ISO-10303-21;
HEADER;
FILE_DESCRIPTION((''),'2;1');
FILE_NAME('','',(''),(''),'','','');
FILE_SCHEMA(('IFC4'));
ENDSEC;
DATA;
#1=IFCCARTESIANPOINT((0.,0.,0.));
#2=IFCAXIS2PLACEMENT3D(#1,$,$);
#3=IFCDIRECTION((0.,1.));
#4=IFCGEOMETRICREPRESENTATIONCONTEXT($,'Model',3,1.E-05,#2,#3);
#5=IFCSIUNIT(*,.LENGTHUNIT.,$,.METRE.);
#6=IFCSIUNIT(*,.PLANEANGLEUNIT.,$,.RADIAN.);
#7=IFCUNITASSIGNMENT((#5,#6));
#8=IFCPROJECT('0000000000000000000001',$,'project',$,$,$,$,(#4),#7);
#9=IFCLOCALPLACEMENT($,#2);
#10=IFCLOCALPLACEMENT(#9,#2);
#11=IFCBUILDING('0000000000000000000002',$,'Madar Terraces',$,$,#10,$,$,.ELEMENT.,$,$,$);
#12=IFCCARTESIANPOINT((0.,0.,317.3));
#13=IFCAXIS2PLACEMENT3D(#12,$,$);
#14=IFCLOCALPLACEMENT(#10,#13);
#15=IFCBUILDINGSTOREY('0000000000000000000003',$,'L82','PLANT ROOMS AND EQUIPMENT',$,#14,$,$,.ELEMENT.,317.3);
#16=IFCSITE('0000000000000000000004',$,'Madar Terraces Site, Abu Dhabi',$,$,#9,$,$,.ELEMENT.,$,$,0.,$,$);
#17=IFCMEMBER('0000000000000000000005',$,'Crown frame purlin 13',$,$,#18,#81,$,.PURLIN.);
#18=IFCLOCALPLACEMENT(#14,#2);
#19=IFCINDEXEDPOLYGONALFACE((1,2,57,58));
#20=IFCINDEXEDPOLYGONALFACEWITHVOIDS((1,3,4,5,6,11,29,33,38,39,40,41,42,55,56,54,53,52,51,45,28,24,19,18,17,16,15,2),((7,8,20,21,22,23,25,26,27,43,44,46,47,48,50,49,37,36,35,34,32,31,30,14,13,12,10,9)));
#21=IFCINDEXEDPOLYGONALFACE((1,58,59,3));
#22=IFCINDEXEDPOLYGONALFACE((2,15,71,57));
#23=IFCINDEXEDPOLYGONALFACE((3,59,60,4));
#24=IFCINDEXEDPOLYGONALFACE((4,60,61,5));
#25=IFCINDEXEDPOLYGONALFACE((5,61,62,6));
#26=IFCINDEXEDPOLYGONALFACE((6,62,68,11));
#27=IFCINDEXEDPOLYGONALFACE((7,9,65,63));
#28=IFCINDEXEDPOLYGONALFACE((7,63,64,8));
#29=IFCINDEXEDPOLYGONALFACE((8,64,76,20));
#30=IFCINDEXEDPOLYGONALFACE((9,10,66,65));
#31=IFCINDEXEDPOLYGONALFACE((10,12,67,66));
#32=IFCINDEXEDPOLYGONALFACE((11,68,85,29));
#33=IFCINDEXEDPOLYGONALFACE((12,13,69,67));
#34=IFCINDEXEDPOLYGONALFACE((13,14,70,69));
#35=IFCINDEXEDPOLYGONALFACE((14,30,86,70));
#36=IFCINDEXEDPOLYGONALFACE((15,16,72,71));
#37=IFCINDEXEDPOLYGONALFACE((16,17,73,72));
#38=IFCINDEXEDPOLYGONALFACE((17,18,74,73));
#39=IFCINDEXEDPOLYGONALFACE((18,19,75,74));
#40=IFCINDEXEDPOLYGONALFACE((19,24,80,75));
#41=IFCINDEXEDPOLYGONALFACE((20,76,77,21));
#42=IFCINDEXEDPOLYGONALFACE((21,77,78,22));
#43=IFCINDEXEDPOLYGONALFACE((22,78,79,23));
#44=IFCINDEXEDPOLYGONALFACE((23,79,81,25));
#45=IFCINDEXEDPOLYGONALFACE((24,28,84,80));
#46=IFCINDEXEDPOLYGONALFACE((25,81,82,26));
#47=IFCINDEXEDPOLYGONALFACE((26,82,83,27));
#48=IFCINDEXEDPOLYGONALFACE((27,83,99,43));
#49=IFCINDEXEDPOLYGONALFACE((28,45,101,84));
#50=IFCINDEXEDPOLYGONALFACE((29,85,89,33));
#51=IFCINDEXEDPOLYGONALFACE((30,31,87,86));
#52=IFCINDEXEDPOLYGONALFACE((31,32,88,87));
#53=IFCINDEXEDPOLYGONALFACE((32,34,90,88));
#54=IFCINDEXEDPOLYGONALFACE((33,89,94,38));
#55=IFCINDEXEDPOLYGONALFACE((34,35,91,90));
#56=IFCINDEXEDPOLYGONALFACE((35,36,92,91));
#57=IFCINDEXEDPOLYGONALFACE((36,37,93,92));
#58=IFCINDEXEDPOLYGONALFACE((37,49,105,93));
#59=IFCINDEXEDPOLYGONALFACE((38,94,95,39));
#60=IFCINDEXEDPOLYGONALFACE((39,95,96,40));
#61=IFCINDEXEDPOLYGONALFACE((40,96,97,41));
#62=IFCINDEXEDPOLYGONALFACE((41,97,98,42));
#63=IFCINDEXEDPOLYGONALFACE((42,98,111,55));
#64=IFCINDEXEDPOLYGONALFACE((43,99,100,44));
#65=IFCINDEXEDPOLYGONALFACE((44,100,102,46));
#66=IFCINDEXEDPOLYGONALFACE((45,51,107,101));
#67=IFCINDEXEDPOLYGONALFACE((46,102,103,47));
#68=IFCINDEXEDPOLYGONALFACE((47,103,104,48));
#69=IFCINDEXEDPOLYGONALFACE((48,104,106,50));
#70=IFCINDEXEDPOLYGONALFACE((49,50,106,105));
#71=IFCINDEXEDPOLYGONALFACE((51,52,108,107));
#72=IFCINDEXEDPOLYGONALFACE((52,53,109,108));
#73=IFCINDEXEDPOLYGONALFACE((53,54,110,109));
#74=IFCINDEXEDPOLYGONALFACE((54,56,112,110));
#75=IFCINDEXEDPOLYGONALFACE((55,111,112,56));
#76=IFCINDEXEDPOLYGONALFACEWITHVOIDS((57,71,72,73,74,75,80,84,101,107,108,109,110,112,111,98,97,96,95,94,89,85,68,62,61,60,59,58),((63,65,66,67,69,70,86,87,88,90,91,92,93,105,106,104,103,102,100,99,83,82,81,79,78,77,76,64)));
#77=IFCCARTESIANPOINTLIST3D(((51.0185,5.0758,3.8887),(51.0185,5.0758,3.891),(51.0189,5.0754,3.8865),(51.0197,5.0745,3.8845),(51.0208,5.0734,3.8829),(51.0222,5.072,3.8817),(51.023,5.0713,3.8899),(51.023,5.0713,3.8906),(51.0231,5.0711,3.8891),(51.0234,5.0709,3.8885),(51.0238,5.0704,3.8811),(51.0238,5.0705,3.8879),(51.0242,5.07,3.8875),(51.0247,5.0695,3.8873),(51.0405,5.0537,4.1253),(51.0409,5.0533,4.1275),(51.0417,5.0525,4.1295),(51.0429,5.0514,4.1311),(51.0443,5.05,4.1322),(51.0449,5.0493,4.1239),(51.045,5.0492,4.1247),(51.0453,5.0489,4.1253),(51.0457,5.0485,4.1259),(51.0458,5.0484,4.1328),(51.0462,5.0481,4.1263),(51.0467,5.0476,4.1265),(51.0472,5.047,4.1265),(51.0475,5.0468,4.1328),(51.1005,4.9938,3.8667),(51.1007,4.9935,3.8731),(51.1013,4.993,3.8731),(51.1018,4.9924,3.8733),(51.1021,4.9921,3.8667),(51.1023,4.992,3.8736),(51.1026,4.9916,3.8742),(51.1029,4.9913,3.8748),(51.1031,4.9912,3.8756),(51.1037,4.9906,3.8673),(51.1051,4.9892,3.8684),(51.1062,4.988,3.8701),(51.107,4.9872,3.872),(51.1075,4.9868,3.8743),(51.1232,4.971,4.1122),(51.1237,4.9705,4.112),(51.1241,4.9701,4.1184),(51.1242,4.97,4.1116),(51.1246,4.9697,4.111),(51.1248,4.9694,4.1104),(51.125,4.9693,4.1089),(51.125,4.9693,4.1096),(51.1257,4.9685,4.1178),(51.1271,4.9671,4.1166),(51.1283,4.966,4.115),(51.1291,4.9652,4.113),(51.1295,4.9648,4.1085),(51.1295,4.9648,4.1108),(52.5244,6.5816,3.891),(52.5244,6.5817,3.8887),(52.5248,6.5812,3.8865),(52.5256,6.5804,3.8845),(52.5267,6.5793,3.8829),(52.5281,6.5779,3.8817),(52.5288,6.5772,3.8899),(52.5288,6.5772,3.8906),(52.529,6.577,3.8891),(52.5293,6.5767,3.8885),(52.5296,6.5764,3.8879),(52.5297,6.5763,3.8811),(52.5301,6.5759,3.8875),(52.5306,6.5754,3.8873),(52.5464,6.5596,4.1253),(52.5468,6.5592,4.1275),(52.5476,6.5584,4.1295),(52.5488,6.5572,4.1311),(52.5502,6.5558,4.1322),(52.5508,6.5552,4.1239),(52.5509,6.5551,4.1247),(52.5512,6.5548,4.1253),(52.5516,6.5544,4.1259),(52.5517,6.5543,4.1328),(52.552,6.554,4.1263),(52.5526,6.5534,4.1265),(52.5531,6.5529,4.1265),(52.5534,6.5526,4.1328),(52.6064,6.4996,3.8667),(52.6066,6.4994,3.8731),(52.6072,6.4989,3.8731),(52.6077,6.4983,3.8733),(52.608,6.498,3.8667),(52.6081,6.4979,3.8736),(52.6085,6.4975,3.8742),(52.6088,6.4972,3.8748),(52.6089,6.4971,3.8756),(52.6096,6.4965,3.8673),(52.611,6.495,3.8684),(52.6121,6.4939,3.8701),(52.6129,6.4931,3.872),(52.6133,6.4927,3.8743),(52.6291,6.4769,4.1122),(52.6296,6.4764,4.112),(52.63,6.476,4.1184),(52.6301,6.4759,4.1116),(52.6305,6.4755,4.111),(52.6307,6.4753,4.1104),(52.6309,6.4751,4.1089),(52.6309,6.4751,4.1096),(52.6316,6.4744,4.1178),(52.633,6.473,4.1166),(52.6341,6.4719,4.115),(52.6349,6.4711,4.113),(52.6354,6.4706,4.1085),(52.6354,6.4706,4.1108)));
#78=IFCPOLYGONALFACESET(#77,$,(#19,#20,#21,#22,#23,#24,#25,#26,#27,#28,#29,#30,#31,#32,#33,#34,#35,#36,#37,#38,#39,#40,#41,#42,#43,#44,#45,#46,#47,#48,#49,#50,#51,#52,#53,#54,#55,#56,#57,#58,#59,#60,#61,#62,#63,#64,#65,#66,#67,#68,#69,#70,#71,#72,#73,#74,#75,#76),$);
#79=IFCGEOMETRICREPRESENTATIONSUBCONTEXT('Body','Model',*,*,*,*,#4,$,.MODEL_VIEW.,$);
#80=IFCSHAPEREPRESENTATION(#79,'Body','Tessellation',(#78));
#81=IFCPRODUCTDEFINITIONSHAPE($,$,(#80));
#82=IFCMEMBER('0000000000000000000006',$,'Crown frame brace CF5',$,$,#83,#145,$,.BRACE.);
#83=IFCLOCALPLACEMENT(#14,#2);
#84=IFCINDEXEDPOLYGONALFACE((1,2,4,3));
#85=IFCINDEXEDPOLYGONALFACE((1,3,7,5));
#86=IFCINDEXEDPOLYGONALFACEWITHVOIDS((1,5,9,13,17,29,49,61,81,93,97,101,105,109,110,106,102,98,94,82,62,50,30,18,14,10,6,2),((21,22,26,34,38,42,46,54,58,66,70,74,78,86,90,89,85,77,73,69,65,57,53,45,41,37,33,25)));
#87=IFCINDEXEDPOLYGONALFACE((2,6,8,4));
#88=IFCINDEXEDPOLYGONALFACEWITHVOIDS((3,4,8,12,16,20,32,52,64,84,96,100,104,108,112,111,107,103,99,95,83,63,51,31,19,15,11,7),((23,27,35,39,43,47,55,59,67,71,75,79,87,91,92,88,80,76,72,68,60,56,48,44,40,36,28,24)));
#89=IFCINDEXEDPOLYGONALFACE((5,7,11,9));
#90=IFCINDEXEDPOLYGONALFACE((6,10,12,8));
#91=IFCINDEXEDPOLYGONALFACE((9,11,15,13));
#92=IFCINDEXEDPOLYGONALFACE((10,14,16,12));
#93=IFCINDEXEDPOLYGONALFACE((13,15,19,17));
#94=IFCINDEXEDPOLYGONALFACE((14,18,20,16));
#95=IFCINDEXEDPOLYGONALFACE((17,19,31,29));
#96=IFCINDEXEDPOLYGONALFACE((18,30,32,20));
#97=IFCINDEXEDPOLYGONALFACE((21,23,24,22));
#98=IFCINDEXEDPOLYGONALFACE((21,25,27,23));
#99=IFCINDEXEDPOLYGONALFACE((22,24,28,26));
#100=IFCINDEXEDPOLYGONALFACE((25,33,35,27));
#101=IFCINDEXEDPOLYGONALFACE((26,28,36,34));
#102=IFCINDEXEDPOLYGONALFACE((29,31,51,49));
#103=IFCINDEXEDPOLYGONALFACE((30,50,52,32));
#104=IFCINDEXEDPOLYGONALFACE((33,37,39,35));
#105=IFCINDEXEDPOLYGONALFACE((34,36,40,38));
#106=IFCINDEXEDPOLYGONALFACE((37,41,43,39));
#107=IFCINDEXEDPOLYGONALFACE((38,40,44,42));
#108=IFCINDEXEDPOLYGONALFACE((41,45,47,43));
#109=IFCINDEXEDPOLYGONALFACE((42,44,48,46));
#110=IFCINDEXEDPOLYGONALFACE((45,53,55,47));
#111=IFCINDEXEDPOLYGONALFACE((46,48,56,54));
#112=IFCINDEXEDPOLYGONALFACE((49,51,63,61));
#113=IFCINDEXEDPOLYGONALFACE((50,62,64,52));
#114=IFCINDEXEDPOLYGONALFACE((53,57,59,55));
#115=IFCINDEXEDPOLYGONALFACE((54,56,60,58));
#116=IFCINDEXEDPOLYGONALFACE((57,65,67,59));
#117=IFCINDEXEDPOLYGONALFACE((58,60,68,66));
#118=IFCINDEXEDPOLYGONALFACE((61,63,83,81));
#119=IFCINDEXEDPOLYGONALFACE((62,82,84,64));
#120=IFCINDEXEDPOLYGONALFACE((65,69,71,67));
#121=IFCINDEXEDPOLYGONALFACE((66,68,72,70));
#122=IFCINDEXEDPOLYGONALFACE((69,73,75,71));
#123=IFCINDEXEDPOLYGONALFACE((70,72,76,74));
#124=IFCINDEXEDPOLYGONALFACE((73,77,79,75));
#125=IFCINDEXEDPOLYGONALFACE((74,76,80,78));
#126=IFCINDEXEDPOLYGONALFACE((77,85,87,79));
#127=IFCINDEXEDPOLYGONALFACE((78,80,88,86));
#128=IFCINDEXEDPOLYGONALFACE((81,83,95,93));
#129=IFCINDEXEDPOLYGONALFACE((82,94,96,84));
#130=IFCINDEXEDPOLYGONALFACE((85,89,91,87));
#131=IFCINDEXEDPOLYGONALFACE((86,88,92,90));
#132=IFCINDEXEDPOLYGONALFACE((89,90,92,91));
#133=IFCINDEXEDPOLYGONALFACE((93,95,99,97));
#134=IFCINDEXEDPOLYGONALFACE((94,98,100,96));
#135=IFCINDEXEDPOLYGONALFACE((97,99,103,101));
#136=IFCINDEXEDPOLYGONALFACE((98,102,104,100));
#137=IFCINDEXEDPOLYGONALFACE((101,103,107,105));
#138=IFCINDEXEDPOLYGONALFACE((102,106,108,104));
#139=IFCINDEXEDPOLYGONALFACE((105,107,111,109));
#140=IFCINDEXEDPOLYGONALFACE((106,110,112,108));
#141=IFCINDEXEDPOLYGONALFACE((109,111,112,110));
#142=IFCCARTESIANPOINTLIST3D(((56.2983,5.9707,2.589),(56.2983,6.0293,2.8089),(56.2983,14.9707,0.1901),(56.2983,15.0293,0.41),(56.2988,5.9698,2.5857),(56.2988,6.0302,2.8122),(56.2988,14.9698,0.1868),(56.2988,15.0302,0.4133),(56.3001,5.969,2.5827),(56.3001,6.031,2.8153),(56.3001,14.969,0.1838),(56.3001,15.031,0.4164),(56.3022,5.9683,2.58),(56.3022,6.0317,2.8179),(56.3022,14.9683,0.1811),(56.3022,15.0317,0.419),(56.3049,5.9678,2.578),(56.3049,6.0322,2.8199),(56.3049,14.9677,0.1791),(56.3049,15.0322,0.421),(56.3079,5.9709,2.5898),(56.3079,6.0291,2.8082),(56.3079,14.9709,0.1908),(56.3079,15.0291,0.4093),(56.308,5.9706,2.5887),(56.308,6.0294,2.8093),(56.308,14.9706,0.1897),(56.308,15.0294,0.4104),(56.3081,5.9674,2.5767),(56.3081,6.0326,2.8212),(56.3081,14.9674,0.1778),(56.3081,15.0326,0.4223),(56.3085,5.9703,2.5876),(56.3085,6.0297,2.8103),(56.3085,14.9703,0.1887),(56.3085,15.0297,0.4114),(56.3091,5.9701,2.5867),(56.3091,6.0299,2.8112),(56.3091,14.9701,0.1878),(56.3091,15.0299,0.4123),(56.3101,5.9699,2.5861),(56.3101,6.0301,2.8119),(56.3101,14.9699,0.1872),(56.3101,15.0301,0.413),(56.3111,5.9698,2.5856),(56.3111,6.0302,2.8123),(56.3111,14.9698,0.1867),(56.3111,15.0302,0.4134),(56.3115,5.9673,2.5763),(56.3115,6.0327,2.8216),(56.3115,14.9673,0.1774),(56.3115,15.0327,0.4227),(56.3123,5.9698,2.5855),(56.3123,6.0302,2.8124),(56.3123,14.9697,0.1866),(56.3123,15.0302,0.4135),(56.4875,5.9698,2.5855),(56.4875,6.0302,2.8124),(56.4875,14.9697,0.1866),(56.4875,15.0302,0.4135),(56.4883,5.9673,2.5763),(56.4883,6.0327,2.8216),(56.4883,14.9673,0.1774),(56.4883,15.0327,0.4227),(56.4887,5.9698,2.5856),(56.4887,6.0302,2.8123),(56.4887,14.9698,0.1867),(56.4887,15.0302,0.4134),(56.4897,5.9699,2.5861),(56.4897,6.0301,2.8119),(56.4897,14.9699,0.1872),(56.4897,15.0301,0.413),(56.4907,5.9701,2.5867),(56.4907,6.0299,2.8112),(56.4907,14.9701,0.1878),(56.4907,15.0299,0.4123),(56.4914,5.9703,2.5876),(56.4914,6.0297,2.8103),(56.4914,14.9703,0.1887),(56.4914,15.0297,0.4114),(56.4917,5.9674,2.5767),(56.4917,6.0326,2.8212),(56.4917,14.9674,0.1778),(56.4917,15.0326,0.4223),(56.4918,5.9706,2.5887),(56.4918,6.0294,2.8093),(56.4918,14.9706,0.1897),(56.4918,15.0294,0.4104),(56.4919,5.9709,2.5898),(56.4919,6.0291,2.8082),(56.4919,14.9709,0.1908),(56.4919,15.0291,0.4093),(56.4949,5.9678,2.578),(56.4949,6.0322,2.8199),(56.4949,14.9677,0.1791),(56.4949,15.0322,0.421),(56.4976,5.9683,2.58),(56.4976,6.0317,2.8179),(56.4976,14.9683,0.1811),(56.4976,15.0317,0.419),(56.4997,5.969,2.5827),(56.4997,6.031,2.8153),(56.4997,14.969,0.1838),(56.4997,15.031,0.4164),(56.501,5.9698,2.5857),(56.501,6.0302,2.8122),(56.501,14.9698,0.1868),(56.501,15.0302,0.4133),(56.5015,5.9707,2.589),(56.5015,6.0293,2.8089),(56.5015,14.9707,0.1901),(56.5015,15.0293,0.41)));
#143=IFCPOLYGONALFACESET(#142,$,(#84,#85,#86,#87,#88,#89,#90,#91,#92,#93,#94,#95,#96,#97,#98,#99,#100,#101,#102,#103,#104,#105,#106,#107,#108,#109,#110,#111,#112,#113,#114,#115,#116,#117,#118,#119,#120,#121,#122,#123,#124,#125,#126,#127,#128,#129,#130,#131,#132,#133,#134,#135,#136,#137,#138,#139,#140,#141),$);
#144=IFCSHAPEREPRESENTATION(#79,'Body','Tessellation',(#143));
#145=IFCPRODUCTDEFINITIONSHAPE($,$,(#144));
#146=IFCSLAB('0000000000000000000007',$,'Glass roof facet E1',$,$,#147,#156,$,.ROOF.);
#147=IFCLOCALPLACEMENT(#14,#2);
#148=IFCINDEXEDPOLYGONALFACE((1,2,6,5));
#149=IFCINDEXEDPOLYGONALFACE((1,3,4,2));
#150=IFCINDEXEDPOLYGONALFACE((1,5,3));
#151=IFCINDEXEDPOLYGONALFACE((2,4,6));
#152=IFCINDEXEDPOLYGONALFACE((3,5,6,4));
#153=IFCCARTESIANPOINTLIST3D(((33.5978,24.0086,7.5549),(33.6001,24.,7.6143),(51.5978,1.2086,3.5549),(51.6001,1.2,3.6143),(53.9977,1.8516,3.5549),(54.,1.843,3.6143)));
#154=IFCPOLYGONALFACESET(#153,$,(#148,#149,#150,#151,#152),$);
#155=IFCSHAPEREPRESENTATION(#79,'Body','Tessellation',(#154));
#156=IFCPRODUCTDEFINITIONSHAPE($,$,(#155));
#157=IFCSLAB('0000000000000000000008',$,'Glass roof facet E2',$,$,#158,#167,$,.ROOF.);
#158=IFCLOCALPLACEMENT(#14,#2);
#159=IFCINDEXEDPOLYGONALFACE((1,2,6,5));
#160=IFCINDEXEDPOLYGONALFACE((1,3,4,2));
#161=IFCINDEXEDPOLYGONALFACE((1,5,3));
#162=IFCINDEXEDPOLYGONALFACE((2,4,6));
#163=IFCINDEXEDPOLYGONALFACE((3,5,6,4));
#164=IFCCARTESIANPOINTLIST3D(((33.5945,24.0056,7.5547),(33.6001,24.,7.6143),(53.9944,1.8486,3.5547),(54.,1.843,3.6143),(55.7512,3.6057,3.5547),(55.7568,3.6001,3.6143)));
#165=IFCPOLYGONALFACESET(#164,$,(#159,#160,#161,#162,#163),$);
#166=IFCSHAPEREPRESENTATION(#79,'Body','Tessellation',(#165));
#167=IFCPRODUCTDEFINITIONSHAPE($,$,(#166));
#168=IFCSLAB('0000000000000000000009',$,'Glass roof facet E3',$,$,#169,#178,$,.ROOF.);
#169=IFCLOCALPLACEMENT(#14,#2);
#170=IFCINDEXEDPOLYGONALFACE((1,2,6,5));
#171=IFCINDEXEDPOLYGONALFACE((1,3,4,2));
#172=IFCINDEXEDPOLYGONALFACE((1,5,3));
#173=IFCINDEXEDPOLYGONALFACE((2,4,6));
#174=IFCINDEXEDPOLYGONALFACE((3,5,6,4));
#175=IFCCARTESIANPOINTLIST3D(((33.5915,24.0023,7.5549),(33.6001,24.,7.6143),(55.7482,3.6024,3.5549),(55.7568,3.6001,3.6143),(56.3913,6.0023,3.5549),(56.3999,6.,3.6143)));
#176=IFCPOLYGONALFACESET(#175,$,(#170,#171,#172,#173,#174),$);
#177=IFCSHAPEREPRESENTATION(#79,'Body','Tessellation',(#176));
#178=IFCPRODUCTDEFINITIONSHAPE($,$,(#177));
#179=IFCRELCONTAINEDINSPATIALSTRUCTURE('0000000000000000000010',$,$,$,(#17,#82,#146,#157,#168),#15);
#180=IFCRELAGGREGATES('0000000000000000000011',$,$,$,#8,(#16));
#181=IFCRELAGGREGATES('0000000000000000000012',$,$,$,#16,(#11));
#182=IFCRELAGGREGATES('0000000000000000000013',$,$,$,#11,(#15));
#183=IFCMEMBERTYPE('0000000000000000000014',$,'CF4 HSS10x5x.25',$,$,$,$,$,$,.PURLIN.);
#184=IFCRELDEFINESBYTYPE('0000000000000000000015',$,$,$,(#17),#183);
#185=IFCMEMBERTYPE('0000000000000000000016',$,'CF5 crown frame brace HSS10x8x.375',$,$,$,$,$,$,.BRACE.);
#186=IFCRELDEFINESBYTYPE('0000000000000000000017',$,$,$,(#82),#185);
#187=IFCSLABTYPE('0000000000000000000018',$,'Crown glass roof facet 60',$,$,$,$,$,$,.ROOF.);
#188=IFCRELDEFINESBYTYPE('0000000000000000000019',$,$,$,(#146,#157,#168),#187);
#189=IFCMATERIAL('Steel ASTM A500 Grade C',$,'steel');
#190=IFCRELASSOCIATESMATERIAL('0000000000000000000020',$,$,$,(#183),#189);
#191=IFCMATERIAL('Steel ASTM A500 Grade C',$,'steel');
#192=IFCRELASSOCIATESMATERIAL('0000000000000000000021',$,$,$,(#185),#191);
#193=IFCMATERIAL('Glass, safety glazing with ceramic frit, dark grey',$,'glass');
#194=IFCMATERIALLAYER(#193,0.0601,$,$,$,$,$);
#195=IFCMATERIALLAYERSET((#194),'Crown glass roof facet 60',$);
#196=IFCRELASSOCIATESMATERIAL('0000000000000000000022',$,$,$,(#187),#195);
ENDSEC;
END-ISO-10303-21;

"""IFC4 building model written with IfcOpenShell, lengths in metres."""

from ifc_helpers import new_model, si_unit, direction, frame, origin, origin_2d, place, context, subcontext, project, spatial, polyline, hollow_rectangle, outline, extrude, material, layer, layer_set, material_profile, profile_set, type_object, element, save


model = new_model("IFC4")

# Units and contexts
model_context = context("Model", 3, precision=1e-05, world=origin(), true_north=direction((0.0, 1.0)))
body_context = subcontext(model_context, "Body", "Model", "MODEL_VIEW")
ifc_project = project(units=[si_unit("LENGTHUNIT", "METRE"), si_unit("PLANEANGLEUNIT", "RADIAN")], contexts=[model_context])

# Site, building, storey
site_placement = place(None, origin())
site = spatial("IfcSite", under=ifc_project, at=site_placement, Name="Madar Terraces Site, Abu Dhabi", CompositionType="ELEMENT", RefElevation=0.0)
building_placement = place(site_placement, origin())
building = spatial("IfcBuilding", under=site, at=building_placement, Name="Madar Terraces", CompositionType="ELEMENT")
storey_placement = place(building_placement, frame((0.0, 0.0, 317.3)))
storey = spatial("IfcBuildingStorey", under=building, at=storey_placement, Name="L82", Description="PLANT ROOMS AND EQUIPMENT", CompositionType="ELEMENT", Elevation=317.3)

# Members
ifc_material_1 = material(Name="Steel ASTM A500 Grade C", Category="steel")
ifc_material_profile_1 = material_profile(ifc_material_1, hollow_rectangle(XDim=0.127, YDim=0.2539, WallThickness=0.0063, InnerFilletRadius=0.0029, OuterFilletRadius=0.0088, at=origin_2d()), Name="HSS10x5x.25")
ifc_profile_set_1 = profile_set([ifc_material_profile_1], Name="Steel ASTM A500 Grade C")
member_type_1 = type_object("IfcMemberType", Name="CF4 HSS10x5x.25", PredefinedType="PURLIN", material=ifc_profile_set_1)
for number, where, z_axis, x_axis, name in (
    (1, (51.074, 5.0203, 3.9998), (0.707107, 0.707107, 0.0), (-0.700941, 0.700941, 0.131765), "Crown frame purlin 13"),
):
    element("IfcMember", number, at=place(storey_placement, frame(where, z_axis=z_axis, x_axis=x_axis)), inside=storey, type_object=member_type_1, Name=name, PredefinedType="PURLIN", context=body_context, shape_type="SweptSolid", body=[
        extrude(hollow_rectangle(XDim=0.127, YDim=0.2539, WallThickness=0.0063, InnerFilletRadius=0.0029, OuterFilletRadius=0.0088, at=origin_2d()), origin(), (0.0, 0.0, 1.0), 2.1296),
    ])
ifc_material_2 = material(Name="Steel ASTM A500 Grade C", Category="steel")
ifc_material_profile_2 = material_profile(ifc_material_2, hollow_rectangle(XDim=0.2031, YDim=0.2539, WallThickness=0.0095, InnerFilletRadius=0.0044, OuterFilletRadius=0.0132, at=origin_2d()), Name="HSS10x8x.375")
ifc_profile_set_2 = profile_set([ifc_material_profile_2], Name="Steel ASTM A500 Grade C")
member_type_2 = type_object("IfcMemberType", Name="CF5 crown frame brace HSS10x8x.375", PredefinedType="BRACE", material=ifc_profile_set_2)
member_1_placement = place(storey_placement, frame((56.3999, 6.0, 2.699), z_axis=(0.0, 0.966264, -0.257555), x_axis=(-1.0, 0.0, 0.0)))
element("IfcMember", 2, at=member_1_placement, inside=storey, type_object=member_type_2, Name="Crown frame brace CF5", PredefinedType="BRACE", context=body_context, shape_type="SweptSolid", body=[
    extrude(hollow_rectangle(XDim=0.2031, YDim=0.2539, WallThickness=0.0095, InnerFilletRadius=0.0044, OuterFilletRadius=0.0132, at=origin_2d()), origin(), (0.0, 0.0, 1.0), 9.3142),
])

# Slabs
ifc_material_3 = material(Name="Glass, safety glazing with ceramic frit, dark grey", Category="glass")
ifc_layer = layer(ifc_material_3, 0.0601)
ifc_layer_set = layer_set([ifc_layer], Name="Crown glass roof facet 60")
slab_type = type_object("IfcSlabType", Name="Crown glass roof facet 60", PredefinedType="ROOF", material=ifc_layer_set)
slab_1_placement = place(storey_placement, frame((51.6001, 1.2, 3.6143), z_axis=(0.038373, -0.143205, 0.988949), x_axis=(0.965924, 0.258824, 0.0)))
element("IfcSlab", 3, at=slab_1_placement, inside=storey, type_object=slab_type, Name="Glass roof facet E1", PredefinedType="ROOF", context=body_context, shape_type="SweptSolid", body=[
    extrude(outline(polyline([(0.0, 0.0), (2.4846, 0.0), (-11.4854, 26.9801), (0.0, 0.0)])), origin(), (0.0, 0.0, -1.0), 0.0601),
])
slab_2_placement = place(storey_placement, frame((54.0, 1.843, 3.6143), z_axis=(0.093179, -0.093166, 0.991281), x_axis=(0.707058, 0.707156, 0.0)))
element("IfcSlab", 4, at=slab_2_placement, inside=storey, type_object=slab_type, Name="Glass roof facet E2", PredefinedType="ROOF", context=body_context, shape_type="SweptSolid", body=[
    extrude(outline(polyline([(0.0, 0.0), (2.4847, 0.0), (1.2445, 30.3569), (0.0, 0.0)])), origin(), (0.0, 0.0, -1.0), 0.0601),
])
slab_3_placement = place(storey_placement, frame((55.7568, 3.6001, 3.6143), z_axis=(0.143207, -0.038373, 0.988949), x_axis=(0.258824, 0.965924, 0.0)))
element("IfcSlab", 5, at=slab_3_placement, inside=storey, type_object=slab_type, Name="Glass roof facet E3", PredefinedType="ROOF", context=body_context, shape_type="SweptSolid", body=[
    extrude(outline(polyline([(0.0, 0.0), (2.4846, 0.0), (13.9701, 26.9799), (0.0, 0.0)])), origin(), (0.0, 0.0, -1.0), 0.0601),
])

save(model, "model.ifc")
